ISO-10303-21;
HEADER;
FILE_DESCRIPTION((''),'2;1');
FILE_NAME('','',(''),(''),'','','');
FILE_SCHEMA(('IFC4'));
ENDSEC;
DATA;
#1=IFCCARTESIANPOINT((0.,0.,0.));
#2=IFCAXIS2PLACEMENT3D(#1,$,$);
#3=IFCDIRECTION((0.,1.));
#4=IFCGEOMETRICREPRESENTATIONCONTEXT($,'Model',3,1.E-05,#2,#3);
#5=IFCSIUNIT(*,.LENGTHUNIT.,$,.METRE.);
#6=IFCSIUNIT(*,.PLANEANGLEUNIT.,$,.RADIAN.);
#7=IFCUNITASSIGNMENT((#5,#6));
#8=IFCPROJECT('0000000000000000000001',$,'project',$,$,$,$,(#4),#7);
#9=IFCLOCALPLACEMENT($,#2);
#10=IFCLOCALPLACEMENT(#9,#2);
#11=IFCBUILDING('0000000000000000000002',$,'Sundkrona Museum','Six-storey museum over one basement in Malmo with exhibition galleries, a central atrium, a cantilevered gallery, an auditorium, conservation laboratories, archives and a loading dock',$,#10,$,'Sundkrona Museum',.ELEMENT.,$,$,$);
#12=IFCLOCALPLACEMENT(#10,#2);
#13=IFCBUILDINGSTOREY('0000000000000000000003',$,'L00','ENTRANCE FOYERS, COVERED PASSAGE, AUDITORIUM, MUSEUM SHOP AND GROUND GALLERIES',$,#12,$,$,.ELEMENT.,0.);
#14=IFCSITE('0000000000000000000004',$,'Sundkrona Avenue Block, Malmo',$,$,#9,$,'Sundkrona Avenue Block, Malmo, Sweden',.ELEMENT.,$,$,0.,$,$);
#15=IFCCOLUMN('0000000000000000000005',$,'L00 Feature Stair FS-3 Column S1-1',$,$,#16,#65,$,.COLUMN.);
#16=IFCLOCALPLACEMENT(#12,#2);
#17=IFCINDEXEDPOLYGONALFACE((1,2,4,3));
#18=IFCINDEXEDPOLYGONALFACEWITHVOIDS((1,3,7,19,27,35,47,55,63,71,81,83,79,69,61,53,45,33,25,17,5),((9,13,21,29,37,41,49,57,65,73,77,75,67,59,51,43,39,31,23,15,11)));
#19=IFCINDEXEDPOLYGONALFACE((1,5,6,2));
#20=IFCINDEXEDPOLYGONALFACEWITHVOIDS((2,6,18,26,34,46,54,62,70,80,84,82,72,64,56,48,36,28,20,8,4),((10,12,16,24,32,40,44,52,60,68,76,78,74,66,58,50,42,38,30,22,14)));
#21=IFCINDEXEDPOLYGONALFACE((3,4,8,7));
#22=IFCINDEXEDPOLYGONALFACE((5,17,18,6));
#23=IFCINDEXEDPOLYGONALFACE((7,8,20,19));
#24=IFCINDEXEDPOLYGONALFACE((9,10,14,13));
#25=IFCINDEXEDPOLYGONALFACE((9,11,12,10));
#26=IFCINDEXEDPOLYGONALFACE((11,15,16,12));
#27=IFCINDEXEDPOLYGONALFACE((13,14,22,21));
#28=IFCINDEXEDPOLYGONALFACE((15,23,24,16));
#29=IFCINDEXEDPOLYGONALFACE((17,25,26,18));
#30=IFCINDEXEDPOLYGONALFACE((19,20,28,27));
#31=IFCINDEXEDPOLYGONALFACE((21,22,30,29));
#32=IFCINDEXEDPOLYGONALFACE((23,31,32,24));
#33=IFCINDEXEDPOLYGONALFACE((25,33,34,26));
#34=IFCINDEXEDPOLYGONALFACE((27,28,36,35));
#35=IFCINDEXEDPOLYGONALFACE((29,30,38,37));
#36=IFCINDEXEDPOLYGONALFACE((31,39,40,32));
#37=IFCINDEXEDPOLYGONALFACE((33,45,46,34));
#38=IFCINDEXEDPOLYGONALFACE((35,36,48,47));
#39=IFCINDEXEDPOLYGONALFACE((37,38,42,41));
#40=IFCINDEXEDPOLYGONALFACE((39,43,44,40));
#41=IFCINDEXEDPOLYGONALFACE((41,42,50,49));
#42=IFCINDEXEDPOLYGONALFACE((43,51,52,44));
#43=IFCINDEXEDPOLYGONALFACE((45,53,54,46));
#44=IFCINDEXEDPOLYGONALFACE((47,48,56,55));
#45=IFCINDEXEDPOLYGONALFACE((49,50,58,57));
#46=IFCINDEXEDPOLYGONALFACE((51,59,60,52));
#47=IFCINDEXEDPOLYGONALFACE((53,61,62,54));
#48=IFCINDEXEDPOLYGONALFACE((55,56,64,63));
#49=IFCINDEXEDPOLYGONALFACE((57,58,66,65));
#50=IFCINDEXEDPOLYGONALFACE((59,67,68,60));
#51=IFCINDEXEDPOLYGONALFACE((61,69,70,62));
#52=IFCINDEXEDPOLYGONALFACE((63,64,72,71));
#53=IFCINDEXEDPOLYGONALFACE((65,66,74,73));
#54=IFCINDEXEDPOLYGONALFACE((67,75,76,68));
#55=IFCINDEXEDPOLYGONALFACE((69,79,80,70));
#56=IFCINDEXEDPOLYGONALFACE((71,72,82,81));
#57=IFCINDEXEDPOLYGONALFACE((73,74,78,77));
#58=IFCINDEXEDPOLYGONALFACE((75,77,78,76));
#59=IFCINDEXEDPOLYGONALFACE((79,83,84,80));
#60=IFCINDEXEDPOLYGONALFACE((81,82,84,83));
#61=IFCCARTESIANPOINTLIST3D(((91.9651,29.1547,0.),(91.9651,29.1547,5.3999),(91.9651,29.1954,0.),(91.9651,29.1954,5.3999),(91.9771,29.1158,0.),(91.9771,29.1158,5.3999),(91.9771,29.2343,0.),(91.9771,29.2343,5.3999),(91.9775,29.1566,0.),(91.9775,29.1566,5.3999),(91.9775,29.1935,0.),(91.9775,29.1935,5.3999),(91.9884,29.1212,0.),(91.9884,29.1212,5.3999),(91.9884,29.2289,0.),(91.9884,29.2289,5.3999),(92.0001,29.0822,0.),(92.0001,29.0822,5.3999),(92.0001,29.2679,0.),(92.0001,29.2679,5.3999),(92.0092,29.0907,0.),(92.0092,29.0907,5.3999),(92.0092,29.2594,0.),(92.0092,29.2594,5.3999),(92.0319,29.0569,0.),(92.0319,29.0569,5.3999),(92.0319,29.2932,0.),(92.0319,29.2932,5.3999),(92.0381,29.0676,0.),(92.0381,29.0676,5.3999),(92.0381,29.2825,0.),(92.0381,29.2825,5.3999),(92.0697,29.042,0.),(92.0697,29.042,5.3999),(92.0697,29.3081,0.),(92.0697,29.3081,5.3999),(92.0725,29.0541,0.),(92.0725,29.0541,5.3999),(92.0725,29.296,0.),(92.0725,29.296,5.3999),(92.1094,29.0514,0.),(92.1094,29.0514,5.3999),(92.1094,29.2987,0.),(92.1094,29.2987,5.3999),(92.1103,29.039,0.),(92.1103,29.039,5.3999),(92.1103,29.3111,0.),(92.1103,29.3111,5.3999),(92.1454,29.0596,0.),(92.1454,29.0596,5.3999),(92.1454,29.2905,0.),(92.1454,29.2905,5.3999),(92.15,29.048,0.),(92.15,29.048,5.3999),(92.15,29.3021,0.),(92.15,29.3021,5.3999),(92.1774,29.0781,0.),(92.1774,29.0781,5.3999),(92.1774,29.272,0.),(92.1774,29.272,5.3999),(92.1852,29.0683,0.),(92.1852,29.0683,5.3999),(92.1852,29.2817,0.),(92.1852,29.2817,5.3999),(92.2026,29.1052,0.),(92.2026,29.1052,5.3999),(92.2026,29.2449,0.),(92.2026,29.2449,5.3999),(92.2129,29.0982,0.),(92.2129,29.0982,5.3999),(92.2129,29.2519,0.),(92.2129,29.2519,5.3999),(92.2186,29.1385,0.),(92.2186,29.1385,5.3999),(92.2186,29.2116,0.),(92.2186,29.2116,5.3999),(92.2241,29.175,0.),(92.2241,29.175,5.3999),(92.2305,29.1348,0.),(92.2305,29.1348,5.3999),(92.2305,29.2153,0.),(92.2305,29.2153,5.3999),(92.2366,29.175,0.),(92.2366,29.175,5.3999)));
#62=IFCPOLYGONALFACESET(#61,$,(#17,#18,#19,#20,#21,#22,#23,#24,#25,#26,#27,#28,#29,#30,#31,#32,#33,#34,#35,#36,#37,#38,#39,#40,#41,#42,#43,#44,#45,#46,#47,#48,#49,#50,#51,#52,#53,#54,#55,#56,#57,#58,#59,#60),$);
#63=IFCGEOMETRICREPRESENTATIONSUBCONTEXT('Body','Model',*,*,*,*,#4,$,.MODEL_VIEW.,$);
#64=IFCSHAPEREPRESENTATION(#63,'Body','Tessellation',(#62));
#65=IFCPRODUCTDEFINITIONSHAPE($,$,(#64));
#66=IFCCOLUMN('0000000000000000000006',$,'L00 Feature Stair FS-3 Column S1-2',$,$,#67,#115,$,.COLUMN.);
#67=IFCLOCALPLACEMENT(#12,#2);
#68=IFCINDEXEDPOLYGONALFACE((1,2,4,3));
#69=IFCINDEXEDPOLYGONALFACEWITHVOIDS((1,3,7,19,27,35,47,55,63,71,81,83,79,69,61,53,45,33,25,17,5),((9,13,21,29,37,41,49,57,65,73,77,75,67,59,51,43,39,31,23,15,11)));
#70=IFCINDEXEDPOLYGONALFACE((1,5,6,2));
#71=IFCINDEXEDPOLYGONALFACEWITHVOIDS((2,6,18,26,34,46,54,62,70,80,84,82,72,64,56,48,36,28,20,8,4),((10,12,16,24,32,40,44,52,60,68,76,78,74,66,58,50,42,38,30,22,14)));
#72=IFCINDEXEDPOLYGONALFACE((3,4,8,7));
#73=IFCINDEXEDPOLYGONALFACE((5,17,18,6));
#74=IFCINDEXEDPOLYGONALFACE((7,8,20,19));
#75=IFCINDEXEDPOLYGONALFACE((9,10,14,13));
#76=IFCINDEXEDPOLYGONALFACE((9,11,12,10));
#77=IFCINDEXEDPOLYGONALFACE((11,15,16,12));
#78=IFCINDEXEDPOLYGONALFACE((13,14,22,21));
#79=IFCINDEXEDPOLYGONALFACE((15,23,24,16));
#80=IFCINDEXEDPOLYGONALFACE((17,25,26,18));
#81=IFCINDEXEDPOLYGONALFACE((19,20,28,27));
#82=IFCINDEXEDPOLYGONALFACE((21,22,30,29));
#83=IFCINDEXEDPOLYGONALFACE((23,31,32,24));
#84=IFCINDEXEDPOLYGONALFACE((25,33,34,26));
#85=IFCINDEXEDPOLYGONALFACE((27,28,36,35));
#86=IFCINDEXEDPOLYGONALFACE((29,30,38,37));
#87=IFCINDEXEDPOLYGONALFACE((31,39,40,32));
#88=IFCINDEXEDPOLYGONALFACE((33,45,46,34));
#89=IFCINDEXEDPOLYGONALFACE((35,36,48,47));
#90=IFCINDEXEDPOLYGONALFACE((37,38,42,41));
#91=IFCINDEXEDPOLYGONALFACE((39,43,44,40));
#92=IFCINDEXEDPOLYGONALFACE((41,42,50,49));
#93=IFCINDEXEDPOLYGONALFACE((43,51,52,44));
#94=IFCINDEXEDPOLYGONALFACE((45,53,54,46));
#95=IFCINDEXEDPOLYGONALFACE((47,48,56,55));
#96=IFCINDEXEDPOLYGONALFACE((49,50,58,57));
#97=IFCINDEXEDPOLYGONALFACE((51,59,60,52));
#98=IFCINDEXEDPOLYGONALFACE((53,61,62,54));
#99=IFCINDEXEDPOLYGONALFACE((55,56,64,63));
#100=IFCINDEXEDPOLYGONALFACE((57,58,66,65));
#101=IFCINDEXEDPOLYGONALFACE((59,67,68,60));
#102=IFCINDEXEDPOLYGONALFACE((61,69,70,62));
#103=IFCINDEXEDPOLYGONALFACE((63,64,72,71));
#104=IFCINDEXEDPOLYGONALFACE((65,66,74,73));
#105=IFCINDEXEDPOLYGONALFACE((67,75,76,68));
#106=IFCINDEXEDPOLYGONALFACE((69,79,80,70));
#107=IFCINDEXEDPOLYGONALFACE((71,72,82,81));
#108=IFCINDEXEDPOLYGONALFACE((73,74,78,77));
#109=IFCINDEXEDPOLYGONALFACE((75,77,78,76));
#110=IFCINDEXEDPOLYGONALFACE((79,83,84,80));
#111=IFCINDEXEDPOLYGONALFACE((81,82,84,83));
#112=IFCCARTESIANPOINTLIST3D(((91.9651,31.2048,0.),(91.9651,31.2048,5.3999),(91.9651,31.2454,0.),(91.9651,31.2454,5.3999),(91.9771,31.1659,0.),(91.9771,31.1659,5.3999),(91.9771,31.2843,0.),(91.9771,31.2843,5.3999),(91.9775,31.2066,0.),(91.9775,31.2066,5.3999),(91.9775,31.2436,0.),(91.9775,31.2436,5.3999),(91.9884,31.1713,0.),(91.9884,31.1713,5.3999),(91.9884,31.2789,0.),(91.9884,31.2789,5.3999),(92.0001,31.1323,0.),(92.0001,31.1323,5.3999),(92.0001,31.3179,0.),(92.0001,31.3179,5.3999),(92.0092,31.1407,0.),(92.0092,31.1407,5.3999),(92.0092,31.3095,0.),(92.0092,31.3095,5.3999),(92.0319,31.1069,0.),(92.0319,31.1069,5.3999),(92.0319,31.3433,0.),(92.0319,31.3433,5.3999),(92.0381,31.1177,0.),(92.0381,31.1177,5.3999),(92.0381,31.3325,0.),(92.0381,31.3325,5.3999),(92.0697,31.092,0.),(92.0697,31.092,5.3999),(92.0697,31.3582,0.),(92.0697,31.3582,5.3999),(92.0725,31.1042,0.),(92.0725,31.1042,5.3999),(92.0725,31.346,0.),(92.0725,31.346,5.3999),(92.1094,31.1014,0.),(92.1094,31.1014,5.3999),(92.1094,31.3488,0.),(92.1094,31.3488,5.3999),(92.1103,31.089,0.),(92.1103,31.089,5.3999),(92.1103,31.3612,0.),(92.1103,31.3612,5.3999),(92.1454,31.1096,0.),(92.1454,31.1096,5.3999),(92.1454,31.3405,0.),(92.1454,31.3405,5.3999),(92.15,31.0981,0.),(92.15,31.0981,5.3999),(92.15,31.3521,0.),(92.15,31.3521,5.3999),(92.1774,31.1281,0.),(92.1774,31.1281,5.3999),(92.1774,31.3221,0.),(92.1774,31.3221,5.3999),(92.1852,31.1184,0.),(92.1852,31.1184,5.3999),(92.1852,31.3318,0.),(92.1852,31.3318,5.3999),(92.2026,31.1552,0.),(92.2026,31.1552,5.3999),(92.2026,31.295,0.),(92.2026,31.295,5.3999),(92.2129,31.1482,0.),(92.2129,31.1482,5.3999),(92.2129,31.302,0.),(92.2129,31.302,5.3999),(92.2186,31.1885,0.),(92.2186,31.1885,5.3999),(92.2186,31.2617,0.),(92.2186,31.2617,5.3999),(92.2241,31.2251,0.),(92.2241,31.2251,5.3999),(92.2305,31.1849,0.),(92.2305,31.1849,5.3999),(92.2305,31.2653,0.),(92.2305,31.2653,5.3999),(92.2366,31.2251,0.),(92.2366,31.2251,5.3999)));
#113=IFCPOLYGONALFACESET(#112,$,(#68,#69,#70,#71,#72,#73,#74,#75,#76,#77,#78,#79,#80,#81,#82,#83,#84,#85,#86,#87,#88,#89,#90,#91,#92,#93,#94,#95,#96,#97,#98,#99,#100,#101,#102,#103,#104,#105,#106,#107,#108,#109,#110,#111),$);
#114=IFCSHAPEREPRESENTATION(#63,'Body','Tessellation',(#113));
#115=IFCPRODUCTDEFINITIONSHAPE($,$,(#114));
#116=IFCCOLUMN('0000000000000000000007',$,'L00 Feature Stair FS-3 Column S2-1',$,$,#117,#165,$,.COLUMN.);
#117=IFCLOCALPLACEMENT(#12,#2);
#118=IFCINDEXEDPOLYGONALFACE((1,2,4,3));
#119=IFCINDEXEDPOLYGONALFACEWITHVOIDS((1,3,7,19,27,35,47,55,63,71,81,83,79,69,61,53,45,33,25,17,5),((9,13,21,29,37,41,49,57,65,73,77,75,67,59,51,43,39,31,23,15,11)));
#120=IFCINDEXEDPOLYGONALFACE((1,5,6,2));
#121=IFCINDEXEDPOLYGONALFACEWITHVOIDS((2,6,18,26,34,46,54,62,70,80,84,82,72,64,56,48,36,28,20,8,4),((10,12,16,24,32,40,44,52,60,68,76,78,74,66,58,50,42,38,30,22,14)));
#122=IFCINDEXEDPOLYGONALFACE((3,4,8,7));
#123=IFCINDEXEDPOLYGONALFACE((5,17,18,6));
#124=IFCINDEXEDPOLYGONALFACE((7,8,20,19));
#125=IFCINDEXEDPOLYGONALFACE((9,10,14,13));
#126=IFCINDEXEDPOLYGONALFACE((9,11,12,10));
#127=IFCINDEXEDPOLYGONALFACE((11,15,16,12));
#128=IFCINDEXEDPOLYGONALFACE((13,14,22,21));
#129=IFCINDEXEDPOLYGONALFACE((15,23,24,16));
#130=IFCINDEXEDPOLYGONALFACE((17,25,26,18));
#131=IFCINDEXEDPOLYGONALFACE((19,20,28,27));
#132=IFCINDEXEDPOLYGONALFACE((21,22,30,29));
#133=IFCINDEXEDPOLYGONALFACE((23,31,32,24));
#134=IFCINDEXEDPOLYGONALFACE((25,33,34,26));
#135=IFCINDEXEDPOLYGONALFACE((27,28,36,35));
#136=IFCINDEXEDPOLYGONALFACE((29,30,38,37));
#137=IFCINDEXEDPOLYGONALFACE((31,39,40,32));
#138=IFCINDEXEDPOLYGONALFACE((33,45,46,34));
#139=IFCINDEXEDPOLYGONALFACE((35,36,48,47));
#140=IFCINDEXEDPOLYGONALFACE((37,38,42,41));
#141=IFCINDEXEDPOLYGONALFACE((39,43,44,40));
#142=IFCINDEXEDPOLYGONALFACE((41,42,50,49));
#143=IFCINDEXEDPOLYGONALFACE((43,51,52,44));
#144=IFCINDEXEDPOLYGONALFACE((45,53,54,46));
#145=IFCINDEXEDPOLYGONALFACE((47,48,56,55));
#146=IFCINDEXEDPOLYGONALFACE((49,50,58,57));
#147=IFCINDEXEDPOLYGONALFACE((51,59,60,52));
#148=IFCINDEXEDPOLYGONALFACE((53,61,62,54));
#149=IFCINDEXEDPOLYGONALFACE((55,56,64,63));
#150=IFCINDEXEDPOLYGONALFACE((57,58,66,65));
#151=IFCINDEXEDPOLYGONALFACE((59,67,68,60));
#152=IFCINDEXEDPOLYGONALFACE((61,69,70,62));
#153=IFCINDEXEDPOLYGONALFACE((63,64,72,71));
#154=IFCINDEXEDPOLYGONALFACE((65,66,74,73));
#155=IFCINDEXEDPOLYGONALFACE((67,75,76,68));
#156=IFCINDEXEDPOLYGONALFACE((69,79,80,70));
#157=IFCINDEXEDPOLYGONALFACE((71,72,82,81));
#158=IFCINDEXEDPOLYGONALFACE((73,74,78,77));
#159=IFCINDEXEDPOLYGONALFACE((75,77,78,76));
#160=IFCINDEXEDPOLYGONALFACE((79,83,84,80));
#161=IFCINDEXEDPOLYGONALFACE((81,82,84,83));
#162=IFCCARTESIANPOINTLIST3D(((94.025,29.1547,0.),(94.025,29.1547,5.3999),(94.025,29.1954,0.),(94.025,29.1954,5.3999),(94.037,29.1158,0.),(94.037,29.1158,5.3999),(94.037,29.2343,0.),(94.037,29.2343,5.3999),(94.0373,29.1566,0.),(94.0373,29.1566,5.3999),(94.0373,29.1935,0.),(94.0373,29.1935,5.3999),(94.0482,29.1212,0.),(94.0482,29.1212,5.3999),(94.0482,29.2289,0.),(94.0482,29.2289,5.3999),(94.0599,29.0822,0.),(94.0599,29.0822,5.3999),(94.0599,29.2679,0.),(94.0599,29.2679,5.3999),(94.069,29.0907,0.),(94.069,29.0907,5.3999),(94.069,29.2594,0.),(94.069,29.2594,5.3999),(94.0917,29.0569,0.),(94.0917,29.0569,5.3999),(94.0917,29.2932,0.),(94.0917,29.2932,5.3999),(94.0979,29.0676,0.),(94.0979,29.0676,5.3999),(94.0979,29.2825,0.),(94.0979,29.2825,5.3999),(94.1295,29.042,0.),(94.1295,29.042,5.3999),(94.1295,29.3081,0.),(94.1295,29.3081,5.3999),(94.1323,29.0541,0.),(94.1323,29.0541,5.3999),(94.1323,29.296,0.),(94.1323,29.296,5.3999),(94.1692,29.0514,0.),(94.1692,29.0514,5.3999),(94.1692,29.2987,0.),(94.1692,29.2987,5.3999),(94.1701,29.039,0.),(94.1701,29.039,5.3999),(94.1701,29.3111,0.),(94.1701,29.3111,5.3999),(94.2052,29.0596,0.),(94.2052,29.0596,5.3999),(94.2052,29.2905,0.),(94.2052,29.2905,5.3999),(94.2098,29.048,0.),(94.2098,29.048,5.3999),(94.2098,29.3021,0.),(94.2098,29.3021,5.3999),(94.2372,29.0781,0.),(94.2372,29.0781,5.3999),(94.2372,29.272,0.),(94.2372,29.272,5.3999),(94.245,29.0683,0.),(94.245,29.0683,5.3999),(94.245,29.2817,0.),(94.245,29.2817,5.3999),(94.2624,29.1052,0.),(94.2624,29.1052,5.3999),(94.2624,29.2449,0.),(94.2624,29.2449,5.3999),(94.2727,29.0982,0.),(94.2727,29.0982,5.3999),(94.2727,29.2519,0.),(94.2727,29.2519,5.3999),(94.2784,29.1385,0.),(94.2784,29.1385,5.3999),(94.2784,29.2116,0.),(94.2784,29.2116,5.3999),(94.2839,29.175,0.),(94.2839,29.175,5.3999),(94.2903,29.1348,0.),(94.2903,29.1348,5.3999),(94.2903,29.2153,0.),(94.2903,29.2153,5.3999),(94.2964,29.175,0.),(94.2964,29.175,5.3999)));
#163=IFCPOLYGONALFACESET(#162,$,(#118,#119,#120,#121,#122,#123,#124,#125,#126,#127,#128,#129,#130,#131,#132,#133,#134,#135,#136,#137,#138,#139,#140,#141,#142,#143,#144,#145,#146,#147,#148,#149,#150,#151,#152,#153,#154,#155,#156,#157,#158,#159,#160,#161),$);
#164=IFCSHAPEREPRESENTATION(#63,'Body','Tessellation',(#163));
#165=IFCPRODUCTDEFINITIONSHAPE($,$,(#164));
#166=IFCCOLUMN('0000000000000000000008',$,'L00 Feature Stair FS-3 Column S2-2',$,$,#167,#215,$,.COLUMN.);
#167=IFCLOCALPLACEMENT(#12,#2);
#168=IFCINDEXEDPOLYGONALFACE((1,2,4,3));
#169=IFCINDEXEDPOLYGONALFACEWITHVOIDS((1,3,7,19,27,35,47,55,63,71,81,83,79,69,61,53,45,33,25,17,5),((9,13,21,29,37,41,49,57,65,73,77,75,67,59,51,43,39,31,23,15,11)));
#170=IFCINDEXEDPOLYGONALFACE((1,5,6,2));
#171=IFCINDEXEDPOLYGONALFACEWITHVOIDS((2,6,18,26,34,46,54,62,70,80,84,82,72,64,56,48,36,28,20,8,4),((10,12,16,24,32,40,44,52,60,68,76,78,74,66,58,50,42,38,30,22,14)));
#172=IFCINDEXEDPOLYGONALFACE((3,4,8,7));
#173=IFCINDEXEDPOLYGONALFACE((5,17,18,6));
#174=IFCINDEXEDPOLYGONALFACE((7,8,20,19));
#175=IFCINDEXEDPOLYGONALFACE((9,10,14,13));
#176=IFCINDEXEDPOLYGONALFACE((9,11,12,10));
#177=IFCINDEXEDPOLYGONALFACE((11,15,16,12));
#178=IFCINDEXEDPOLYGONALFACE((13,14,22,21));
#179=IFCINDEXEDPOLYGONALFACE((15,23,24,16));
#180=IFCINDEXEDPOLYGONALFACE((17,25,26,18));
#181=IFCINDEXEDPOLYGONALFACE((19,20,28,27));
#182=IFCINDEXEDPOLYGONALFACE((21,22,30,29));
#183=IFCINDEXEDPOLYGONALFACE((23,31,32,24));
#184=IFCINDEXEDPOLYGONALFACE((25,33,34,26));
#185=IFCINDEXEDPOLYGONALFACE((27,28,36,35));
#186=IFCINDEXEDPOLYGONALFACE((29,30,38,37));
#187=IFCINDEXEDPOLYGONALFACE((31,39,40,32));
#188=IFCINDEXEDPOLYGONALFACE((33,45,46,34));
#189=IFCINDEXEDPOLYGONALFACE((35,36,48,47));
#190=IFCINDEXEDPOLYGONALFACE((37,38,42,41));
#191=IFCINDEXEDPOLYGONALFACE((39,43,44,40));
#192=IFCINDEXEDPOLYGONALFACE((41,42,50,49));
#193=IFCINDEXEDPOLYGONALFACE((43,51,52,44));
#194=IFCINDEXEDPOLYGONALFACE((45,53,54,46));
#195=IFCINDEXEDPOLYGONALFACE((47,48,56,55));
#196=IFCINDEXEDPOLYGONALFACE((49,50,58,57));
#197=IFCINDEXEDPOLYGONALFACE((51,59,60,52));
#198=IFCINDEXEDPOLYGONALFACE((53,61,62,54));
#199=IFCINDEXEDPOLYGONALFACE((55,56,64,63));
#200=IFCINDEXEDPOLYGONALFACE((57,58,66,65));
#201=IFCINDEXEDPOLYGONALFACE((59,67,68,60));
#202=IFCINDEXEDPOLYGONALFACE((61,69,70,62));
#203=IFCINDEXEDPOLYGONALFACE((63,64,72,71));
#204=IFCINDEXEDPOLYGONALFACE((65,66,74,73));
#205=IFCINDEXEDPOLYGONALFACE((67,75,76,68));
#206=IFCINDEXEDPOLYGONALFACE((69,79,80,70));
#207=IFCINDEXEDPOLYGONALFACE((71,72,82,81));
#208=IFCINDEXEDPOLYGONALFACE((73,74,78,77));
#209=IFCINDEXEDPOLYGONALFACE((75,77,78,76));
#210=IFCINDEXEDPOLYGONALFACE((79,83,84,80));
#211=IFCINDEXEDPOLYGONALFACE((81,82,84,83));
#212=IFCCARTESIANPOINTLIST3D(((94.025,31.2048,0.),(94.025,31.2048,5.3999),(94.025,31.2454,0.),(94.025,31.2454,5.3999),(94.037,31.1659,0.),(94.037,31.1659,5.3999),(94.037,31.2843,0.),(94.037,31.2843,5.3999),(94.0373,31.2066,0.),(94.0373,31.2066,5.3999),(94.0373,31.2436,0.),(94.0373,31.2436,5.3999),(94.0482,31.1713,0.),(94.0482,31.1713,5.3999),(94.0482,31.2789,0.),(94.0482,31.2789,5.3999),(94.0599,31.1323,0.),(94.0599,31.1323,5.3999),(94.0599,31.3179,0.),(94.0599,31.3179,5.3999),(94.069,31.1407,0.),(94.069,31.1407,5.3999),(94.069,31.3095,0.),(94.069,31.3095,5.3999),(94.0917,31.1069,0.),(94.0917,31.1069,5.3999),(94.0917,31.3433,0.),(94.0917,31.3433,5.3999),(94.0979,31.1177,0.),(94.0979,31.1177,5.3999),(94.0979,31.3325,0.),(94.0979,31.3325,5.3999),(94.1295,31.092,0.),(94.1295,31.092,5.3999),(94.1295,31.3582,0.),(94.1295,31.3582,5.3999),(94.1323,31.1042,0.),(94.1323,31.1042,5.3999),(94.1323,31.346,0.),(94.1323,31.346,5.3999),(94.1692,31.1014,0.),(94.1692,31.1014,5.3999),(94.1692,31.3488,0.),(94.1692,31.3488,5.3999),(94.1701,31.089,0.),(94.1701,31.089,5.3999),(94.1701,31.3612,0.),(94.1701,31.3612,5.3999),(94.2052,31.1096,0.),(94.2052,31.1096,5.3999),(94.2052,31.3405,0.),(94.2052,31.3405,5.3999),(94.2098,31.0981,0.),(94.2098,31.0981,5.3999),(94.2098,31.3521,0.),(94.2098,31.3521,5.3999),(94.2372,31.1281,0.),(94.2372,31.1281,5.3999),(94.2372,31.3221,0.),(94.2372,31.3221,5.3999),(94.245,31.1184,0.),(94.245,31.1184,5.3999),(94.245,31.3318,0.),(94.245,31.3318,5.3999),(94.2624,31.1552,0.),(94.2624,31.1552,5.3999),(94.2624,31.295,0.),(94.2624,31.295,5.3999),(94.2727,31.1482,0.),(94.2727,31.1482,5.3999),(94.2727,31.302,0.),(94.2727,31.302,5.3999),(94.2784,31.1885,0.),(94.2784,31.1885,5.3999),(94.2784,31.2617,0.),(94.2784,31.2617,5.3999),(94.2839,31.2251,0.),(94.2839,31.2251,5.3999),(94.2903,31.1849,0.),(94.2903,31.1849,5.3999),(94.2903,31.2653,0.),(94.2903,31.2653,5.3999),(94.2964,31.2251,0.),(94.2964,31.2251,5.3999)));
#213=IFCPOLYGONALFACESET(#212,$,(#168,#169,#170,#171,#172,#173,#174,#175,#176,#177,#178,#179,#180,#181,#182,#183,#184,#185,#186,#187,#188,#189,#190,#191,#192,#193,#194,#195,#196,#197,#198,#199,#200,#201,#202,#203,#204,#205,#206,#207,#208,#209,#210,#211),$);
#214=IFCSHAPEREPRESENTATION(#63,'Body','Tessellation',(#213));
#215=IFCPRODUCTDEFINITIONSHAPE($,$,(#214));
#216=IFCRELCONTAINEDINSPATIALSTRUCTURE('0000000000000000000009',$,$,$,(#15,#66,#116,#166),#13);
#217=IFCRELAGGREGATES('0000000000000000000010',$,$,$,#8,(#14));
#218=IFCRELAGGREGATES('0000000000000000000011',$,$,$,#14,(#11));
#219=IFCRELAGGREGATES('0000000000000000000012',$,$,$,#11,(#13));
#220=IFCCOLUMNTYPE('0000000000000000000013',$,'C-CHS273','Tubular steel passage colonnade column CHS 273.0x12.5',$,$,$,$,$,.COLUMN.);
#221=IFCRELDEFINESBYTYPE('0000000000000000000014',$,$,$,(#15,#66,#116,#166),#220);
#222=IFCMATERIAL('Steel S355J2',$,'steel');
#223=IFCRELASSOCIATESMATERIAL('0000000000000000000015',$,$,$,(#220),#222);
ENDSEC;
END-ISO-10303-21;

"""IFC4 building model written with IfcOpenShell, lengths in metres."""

from ifc_helpers import new_model, si_unit, direction, frame, origin, origin_2d, place, context, subcontext, project, spatial, hollow_circle, extrude, material, material_profile, profile_set, type_object, element, save


model = new_model("IFC4")

# Units and contexts
model_context = context("Model", 3, precision=1e-05, world=origin(), true_north=direction((0.0, 1.0)))
body_context = subcontext(model_context, "Body", "Model", "MODEL_VIEW")
ifc_project = project(units=[si_unit("LENGTHUNIT", "METRE"), si_unit("PLANEANGLEUNIT", "RADIAN")], contexts=[model_context])

# Site, building, storey
site_placement = place(None, origin())
site = spatial("IfcSite", under=ifc_project, at=site_placement, Name="Sundkrona Avenue Block, Malmo", LongName="Sundkrona Avenue Block, Malmo, Sweden", CompositionType="ELEMENT", RefElevation=0.0)
building_placement = place(site_placement, origin())
building = spatial("IfcBuilding", under=site, at=building_placement, Name="Sundkrona Museum", Description="Six-storey museum over one basement in Malmo with exhibition galleries, a central atrium, a cantilevered gallery, an auditorium, conservation laboratories, archives and a loading dock", LongName="Sundkrona Museum", CompositionType="ELEMENT")
storey_placement = place(building_placement, origin())
storey = spatial("IfcBuildingStorey", under=building, at=storey_placement, Name="L00", Description="ENTRANCE FOYERS, COVERED PASSAGE, AUDITORIUM, MUSEUM SHOP AND GROUND GALLERIES", CompositionType="ELEMENT", Elevation=0.0)

# Columns
ifc_material_1 = material(Name="Steel S355J2", Category="steel")
ifc_material_profile_1 = material_profile(ifc_material_1, hollow_circle(Radius=0.1365, WallThickness=0.0125, at=origin_2d()), Name="CHS 273.0x12.5")
ifc_profile_set_1 = profile_set([ifc_material_profile_1], Name="Steel S355J2")
column_type_1 = type_object("IfcColumnType", Name="C-CHS273", Description="Tubular steel passage colonnade column CHS 273.0x12.5", PredefinedType="COLUMN", material=ifc_profile_set_1)
for number, where, z_axis, x_axis, name in (
    (1, (92.1001, 29.175, 0.0), (0.0, 0.0, 1.0), (1.0, 0.0, 0.0), "L00 Feature Stair FS-3 Column S1-1"),
    (2, (92.1001, 31.2251, 0.0), (0.0, 0.0, 1.0), (1.0, 0.0, 0.0), "L00 Feature Stair FS-3 Column S1-2"),
    (3, (94.1599, 29.175, 0.0), (0.0, 0.0, 1.0), (1.0, 0.0, 0.0), "L00 Feature Stair FS-3 Column S2-1"),
    (4, (94.1599, 31.2251, 0.0), (0.0, 0.0, 1.0), (1.0, 0.0, 0.0), "L00 Feature Stair FS-3 Column S2-2"),
):
    element("IfcColumn", number, at=place(storey_placement, frame(where, z_axis=z_axis, x_axis=x_axis)), inside=storey, type_object=column_type_1, Name=name, PredefinedType="COLUMN", context=body_context, shape_type="SweptSolid", body=[
        extrude(hollow_circle(Radius=0.1365, WallThickness=0.0125, at=origin_2d()), origin(), (0.0, 0.0, 1.0), 5.3999),
    ])

save(model, "model.ifc")
